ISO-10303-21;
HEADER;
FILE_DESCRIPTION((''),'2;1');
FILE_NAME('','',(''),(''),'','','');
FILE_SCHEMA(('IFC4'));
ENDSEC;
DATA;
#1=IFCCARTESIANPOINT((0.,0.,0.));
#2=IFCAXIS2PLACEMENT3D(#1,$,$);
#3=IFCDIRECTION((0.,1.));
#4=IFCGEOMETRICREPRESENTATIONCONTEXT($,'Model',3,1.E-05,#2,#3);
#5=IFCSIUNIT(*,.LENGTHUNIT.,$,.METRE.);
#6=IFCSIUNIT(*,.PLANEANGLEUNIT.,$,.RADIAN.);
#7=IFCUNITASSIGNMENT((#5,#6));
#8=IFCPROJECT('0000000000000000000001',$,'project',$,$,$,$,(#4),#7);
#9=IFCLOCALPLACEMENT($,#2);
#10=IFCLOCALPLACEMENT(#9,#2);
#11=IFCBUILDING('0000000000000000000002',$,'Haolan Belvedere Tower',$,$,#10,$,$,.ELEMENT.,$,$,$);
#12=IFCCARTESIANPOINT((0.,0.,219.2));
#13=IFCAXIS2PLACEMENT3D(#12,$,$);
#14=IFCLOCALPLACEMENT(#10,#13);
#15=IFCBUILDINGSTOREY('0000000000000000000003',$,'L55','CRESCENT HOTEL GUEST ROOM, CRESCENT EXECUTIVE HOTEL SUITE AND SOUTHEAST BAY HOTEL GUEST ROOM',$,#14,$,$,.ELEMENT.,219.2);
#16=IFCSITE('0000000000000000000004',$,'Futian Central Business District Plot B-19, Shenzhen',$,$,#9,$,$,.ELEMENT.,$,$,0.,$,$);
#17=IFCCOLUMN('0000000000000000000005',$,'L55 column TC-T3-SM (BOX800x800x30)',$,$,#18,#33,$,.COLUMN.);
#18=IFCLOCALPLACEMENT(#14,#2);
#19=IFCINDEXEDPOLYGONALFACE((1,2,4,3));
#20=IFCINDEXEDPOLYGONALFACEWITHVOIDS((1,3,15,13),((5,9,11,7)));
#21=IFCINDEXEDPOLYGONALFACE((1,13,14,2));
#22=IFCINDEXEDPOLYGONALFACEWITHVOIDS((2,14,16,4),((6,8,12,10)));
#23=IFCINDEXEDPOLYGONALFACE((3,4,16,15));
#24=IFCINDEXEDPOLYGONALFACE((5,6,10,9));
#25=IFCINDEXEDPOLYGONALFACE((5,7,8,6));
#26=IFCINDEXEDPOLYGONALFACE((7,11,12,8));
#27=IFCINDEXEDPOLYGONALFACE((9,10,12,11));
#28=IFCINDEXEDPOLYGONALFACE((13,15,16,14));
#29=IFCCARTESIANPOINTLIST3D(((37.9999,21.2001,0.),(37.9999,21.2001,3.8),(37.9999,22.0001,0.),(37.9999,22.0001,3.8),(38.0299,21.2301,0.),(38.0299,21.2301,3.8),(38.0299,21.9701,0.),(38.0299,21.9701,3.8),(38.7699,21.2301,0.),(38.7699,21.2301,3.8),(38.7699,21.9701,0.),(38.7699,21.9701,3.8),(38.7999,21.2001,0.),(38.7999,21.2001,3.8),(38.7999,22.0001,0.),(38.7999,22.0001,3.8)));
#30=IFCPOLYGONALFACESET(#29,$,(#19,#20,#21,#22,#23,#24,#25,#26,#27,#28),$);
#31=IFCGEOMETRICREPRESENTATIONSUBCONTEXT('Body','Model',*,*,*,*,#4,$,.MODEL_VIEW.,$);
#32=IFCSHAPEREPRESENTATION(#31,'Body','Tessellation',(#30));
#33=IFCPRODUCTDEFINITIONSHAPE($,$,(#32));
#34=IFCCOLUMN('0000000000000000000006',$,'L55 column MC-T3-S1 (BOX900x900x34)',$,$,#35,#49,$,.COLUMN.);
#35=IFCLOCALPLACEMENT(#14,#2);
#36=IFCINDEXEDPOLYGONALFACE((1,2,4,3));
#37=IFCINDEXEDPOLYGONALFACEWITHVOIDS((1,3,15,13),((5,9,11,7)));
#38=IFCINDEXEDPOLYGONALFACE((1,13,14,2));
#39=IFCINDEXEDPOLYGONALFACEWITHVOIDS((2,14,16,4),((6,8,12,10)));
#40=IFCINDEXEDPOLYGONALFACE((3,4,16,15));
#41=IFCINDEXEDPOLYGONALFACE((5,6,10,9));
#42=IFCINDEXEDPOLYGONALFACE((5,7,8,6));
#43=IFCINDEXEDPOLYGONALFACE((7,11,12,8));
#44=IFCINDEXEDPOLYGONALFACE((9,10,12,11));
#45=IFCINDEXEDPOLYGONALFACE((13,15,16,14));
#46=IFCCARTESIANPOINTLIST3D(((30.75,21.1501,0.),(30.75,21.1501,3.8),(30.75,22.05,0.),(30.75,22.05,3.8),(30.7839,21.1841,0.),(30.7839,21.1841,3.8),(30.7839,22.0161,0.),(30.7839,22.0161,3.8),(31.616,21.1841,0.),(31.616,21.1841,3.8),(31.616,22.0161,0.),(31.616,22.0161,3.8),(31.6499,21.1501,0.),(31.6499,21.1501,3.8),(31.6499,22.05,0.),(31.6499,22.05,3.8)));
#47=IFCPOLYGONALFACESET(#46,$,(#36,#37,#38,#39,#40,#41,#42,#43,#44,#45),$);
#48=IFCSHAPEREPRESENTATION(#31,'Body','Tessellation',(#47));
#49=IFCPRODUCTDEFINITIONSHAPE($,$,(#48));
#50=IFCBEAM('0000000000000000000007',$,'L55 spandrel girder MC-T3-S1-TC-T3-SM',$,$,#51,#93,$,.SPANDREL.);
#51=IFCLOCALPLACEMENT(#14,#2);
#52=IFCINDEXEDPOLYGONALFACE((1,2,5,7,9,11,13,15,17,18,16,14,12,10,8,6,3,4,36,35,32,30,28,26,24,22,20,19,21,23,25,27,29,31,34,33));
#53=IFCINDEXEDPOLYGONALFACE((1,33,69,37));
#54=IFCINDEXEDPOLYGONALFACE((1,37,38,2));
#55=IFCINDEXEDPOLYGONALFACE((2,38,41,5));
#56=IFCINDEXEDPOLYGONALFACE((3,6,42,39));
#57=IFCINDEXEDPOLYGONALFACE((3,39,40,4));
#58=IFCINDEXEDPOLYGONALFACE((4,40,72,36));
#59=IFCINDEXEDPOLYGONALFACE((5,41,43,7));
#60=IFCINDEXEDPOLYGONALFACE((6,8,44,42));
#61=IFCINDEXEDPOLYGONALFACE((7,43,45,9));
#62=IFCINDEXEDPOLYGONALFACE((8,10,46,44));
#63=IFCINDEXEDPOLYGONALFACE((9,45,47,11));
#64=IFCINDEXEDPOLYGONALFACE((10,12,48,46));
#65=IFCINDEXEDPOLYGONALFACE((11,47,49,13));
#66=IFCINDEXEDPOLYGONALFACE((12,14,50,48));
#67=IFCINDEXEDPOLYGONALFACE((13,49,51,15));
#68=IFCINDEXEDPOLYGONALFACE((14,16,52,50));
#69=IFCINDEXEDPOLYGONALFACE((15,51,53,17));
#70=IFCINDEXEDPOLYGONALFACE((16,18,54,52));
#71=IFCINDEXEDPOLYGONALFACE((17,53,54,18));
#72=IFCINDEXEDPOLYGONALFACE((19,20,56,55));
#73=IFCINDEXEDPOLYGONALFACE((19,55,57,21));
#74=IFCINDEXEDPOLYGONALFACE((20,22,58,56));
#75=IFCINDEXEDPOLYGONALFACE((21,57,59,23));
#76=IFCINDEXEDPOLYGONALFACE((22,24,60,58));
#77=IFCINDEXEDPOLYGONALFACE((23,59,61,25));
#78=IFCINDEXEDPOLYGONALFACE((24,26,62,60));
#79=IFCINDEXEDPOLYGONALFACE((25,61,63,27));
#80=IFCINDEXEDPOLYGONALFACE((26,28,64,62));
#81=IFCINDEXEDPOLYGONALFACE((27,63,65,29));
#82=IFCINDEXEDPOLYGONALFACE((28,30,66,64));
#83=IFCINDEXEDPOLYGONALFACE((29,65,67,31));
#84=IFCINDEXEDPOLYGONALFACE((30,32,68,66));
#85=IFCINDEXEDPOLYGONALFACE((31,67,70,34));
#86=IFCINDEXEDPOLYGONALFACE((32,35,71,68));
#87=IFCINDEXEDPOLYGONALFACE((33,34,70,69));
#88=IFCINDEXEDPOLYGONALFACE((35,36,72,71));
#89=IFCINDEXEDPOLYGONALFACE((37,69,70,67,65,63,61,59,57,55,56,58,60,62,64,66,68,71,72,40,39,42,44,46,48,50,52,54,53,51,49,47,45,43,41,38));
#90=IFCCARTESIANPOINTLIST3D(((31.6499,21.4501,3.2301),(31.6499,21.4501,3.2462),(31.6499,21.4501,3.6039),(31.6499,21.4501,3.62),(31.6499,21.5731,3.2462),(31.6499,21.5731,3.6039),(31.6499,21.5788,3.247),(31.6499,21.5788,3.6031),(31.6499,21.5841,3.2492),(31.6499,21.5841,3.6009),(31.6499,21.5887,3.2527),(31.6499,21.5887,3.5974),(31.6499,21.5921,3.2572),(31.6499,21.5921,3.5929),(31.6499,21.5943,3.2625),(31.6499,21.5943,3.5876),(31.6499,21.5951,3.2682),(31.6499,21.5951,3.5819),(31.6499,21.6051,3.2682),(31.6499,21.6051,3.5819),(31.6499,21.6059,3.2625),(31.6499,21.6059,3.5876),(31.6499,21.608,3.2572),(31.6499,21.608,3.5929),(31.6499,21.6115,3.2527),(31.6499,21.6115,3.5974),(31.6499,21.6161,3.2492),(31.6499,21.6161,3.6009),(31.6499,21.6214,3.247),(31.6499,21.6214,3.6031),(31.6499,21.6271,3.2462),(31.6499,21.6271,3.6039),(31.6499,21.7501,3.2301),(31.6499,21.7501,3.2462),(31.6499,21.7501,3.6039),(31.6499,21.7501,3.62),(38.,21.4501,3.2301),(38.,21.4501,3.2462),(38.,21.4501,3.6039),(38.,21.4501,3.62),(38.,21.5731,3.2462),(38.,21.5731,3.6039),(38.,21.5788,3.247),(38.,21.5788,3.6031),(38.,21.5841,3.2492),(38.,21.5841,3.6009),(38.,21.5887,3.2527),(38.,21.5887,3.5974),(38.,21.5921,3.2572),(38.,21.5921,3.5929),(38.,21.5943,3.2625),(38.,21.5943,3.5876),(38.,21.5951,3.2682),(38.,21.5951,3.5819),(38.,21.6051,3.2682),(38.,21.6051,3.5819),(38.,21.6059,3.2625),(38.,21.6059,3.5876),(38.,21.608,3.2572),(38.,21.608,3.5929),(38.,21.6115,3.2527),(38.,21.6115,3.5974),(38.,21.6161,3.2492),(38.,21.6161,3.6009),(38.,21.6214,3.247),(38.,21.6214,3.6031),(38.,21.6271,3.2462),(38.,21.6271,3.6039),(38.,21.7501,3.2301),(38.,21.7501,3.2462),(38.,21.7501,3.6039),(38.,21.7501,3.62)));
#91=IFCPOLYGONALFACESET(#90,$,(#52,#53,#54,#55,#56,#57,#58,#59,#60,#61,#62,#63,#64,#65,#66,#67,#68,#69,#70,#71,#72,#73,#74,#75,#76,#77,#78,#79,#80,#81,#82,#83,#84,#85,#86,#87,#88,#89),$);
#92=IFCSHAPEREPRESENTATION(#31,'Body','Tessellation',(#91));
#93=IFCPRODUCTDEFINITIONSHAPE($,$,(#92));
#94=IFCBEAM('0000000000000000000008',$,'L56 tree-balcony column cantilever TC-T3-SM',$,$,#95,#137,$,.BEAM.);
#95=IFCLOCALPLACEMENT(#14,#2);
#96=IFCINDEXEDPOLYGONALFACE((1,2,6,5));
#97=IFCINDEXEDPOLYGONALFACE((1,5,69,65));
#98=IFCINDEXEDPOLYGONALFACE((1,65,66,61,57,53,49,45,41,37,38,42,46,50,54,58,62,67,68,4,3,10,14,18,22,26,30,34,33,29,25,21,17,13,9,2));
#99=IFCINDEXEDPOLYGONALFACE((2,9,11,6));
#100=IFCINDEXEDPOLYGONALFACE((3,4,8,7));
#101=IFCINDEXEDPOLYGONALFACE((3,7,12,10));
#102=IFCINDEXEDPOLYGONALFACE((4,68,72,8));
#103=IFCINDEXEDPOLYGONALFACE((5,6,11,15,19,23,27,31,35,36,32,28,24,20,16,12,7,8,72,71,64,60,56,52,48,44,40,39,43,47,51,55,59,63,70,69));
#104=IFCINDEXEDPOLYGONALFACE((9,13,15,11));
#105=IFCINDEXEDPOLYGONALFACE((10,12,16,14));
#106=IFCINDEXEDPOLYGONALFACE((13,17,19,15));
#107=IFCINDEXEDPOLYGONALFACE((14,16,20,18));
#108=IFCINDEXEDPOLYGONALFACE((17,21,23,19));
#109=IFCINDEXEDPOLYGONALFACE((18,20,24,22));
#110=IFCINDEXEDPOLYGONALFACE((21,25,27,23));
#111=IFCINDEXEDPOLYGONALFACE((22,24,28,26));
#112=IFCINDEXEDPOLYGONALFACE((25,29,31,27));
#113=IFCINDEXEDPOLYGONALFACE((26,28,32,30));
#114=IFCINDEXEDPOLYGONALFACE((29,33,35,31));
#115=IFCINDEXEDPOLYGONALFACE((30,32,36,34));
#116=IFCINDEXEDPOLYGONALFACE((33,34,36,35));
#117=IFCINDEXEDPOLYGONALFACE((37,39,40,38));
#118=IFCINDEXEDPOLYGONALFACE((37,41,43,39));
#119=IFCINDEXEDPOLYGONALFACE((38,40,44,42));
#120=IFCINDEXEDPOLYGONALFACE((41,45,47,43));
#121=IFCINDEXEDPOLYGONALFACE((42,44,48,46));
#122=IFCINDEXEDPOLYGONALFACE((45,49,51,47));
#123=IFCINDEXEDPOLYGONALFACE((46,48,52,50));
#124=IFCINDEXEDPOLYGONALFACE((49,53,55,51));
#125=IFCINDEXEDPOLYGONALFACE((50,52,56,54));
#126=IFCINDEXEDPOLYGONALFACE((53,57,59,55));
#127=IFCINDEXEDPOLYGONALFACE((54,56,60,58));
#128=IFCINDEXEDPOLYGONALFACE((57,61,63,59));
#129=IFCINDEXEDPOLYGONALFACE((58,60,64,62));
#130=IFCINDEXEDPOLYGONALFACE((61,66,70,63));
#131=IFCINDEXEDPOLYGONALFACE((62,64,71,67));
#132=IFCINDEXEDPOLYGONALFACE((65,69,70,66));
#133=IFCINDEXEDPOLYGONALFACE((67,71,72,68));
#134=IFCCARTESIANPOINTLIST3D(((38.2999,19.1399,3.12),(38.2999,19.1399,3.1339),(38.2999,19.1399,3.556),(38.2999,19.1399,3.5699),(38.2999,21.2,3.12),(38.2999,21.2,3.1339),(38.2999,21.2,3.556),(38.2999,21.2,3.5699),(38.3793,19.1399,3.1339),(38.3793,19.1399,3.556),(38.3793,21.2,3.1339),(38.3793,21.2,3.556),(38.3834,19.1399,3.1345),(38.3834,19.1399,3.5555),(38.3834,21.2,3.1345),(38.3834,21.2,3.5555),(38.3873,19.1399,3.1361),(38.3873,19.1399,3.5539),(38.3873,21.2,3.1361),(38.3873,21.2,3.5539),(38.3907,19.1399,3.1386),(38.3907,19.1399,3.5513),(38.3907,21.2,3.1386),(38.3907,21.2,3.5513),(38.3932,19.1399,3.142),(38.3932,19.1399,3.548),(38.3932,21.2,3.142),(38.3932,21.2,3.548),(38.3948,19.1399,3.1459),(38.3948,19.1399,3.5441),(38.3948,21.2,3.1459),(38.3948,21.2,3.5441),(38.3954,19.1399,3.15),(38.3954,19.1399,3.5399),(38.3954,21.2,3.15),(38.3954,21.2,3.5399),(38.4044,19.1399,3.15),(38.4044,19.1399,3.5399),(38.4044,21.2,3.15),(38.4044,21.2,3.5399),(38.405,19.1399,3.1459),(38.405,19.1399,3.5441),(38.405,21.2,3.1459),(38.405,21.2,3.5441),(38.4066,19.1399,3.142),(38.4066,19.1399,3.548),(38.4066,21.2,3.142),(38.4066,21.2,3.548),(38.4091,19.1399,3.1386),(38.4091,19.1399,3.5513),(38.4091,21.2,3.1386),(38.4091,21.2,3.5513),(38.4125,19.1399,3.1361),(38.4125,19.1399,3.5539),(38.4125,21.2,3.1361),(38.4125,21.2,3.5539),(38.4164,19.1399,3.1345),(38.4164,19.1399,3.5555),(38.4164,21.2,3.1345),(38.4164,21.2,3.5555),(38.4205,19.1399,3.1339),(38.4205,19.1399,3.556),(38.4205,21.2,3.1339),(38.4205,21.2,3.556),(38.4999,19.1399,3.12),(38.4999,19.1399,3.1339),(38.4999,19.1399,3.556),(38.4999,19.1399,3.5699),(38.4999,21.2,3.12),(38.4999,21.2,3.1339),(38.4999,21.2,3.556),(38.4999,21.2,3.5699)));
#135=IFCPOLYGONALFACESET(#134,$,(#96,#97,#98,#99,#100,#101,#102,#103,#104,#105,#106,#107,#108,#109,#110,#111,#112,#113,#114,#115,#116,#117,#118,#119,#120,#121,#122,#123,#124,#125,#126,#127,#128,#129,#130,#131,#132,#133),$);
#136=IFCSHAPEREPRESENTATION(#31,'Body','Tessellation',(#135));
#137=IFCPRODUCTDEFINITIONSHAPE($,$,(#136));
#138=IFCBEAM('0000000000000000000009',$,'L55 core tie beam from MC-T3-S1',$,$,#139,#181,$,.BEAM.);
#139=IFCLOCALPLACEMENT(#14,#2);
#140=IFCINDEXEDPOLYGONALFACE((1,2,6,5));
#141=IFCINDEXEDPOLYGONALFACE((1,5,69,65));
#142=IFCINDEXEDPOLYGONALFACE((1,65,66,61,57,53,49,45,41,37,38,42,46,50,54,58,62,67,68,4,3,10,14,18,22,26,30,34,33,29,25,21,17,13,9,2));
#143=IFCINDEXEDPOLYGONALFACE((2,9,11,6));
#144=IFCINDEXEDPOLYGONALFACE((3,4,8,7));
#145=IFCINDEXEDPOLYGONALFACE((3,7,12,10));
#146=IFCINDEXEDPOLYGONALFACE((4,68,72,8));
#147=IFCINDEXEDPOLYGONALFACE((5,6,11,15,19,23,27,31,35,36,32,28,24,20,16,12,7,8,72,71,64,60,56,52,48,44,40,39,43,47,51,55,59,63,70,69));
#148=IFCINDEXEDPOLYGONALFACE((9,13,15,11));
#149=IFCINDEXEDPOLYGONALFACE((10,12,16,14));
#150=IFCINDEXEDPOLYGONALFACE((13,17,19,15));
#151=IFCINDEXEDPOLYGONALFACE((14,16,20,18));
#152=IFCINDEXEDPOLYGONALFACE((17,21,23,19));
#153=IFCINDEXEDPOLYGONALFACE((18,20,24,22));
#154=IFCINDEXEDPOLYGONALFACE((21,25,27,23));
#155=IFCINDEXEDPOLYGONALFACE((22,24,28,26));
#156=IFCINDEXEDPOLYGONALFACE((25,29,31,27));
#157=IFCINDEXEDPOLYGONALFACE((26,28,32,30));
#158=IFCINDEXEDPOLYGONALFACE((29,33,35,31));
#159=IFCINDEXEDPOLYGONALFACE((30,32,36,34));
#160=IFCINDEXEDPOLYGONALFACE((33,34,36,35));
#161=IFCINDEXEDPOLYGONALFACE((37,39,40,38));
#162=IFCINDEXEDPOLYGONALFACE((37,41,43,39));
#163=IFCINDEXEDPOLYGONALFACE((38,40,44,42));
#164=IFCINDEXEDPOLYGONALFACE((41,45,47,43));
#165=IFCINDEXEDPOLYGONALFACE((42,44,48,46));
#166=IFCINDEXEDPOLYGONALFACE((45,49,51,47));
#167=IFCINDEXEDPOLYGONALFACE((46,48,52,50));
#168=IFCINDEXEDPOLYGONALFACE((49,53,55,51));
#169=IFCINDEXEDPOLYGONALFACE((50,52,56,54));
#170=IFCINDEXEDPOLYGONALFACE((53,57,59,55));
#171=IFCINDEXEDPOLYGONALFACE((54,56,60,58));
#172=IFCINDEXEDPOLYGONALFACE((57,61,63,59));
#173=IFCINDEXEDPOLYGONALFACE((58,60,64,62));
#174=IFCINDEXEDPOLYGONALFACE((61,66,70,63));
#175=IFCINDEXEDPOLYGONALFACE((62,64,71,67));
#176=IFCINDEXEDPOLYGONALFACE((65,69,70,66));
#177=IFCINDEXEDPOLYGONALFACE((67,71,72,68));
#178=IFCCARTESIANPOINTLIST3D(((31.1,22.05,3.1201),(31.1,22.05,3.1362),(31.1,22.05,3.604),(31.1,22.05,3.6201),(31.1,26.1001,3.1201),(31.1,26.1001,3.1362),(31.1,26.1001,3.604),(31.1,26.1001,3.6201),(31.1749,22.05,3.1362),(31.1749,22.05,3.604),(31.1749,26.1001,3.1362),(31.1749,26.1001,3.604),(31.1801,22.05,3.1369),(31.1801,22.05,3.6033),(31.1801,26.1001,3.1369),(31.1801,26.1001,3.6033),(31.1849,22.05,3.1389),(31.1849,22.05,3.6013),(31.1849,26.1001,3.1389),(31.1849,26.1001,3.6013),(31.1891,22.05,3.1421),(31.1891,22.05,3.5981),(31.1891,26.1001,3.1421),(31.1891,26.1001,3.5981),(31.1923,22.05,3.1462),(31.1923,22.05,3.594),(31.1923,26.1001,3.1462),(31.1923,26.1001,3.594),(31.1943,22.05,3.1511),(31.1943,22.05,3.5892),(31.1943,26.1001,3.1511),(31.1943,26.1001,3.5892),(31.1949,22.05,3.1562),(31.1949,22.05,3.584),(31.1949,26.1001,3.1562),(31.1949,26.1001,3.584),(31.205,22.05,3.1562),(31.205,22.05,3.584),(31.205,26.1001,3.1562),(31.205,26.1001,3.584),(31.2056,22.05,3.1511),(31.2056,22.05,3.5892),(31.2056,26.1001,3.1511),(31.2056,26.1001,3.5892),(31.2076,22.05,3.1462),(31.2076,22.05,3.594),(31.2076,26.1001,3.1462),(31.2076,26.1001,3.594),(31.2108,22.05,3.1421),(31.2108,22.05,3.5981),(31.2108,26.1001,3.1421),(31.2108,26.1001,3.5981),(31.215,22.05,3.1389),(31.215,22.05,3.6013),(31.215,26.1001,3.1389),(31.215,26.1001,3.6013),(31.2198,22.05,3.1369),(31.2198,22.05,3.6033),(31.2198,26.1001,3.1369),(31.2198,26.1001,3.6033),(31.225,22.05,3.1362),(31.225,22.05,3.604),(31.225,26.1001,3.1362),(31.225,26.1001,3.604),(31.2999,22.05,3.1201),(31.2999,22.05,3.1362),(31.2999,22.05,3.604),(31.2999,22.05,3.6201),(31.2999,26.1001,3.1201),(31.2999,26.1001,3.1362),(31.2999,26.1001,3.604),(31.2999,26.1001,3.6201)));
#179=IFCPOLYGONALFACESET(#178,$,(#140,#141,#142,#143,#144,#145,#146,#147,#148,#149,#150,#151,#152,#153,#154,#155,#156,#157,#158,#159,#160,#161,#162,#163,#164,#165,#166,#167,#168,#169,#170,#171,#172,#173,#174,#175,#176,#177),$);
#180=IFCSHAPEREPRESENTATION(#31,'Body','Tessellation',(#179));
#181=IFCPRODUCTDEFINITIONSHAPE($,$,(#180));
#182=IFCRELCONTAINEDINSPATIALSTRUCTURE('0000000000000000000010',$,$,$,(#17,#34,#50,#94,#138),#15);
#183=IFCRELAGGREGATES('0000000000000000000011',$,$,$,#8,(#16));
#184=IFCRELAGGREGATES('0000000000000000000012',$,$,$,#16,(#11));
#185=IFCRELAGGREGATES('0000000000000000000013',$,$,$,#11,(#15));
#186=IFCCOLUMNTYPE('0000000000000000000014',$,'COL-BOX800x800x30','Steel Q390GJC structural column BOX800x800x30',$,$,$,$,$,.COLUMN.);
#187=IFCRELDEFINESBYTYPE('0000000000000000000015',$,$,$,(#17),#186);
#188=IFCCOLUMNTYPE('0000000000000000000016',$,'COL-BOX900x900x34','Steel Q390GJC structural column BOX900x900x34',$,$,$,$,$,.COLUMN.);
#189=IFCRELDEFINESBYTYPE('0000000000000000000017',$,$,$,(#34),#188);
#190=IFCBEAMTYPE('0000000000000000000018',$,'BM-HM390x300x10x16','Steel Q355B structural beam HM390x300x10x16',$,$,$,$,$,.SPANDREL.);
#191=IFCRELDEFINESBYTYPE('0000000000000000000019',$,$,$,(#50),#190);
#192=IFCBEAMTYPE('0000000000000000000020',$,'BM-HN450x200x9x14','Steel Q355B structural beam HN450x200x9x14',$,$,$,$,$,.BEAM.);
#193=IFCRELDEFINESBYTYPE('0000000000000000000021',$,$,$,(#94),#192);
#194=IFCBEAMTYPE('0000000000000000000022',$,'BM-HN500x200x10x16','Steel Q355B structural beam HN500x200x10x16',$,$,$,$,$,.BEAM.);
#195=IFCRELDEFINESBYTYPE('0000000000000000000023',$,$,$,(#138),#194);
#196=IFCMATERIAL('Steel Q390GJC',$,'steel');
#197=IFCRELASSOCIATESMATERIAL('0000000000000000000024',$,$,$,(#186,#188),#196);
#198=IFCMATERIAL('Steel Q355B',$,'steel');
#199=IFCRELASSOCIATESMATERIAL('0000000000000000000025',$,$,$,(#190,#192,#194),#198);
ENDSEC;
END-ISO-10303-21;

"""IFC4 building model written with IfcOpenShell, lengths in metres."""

from ifc_helpers import new_model, si_unit, direction, frame, origin, origin_2d, place, context, subcontext, project, spatial, hollow_rectangle, i_section, extrude, material, material_profile, profile_set, type_object, element, save


model = new_model("IFC4")

# Units and contexts
model_context = context("Model", 3, precision=1e-05, world=origin(), true_north=direction((0.0, 1.0)))
body_context = subcontext(model_context, "Body", "Model", "MODEL_VIEW")
ifc_project = project(units=[si_unit("LENGTHUNIT", "METRE"), si_unit("PLANEANGLEUNIT", "RADIAN")], contexts=[model_context])

# Site, building, storey
site_placement = place(None, origin())
site = spatial("IfcSite", under=ifc_project, at=site_placement, Name="Futian Central Business District Plot B-19, Shenzhen", CompositionType="ELEMENT", RefElevation=0.0)
building_placement = place(site_placement, origin())
building = spatial("IfcBuilding", under=site, at=building_placement, Name="Haolan Belvedere Tower", CompositionType="ELEMENT")
storey_placement = place(building_placement, frame((0.0, 0.0, 219.2)))
storey = spatial("IfcBuildingStorey", under=building, at=storey_placement, Name="L55", Description="CRESCENT HOTEL GUEST ROOM, CRESCENT EXECUTIVE HOTEL SUITE AND SOUTHEAST BAY HOTEL GUEST ROOM", CompositionType="ELEMENT", Elevation=219.2)

# Columns
ifc_material_1 = material(Name="Steel Q390GJC", Category="steel")
ifc_material_profile_1 = material_profile(ifc_material_1, hollow_rectangle(XDim=0.8, YDim=0.8, WallThickness=0.03, at=origin_2d()), Name="Steel Q390GJC")
ifc_profile_set_1 = profile_set([ifc_material_profile_1], Name="Steel Q390GJC")
column_type_1 = type_object("IfcColumnType", Name="COL-BOX800x800x30", Description="Steel Q390GJC structural column BOX800x800x30", PredefinedType="COLUMN", material=ifc_profile_set_1)
column_1_placement = place(storey_placement, frame((38.3999, 21.6001, 0.0), z_axis=(0.0, 0.0, 1.0), x_axis=(1.0, 0.0, 0.0)))
element("IfcColumn", 1, at=column_1_placement, inside=storey, type_object=column_type_1, Name="L55 column TC-T3-SM (BOX800x800x30)", PredefinedType="COLUMN", context=body_context, shape_type="SweptSolid", body=[
    extrude(hollow_rectangle(XDim=0.8, YDim=0.8, WallThickness=0.03, at=origin_2d()), origin(), (0.0, 0.0, 1.0), 3.8),
])
ifc_material_profile_2 = material_profile(ifc_material_1, hollow_rectangle(XDim=0.8999, YDim=0.8999, WallThickness=0.0339, at=origin_2d()), Name="Steel Q390GJC")
ifc_profile_set_2 = profile_set([ifc_material_profile_2], Name="Steel Q390GJC")
column_type_2 = type_object("IfcColumnType", Name="COL-BOX900x900x34", Description="Steel Q390GJC structural column BOX900x900x34", PredefinedType="COLUMN", material=ifc_profile_set_2)
column_2_placement = place(storey_placement, frame((31.2, 21.6001, 0.0), z_axis=(0.0, 0.0, 1.0), x_axis=(1.0, 0.0, 0.0)))
element("IfcColumn", 2, at=column_2_placement, inside=storey, type_object=column_type_2, Name="L55 column MC-T3-S1 (BOX900x900x34)", PredefinedType="COLUMN", context=body_context, shape_type="SweptSolid", body=[
    extrude(hollow_rectangle(XDim=0.8999, YDim=0.8999, WallThickness=0.0339, at=origin_2d()), origin(), (0.0, 0.0, 1.0), 3.8),
])

# Beams
ifc_material_2 = material(Name="Steel Q355B", Category="steel")
ifc_material_profile_3 = material_profile(ifc_material_2, i_section(OverallWidth=0.3, OverallDepth=0.3899, WebThickness=0.01, FlangeThickness=0.0161, FilletRadius=0.022, at=origin_2d()), Name="Steel Q355B")
ifc_profile_set_3 = profile_set([ifc_material_profile_3], Name="Steel Q355B")
beam_type_1 = type_object("IfcBeamType", Name="BM-HM390x300x10x16", Description="Steel Q355B structural beam HM390x300x10x16", PredefinedType="SPANDREL", material=ifc_profile_set_3)
beam_1_placement = place(storey_placement, frame((31.6499, 21.6001, 3.425), z_axis=(1.0, 0.0, 0.0), x_axis=(0.0, 1.0, 0.0)))
element("IfcBeam", 3, at=beam_1_placement, inside=storey, type_object=beam_type_1, Name="L55 spandrel girder MC-T3-S1-TC-T3-SM", PredefinedType="SPANDREL", context=body_context, shape_type="SweptSolid", body=[
    extrude(i_section(OverallWidth=0.3, OverallDepth=0.3899, WebThickness=0.01, FlangeThickness=0.0161, FilletRadius=0.022, at=origin_2d()), origin(), (0.0, 0.0, 1.0), 6.3501),
])
ifc_material_profile_4 = material_profile(ifc_material_2, i_section(OverallWidth=0.2, OverallDepth=0.45, WebThickness=0.009, FlangeThickness=0.0139, FilletRadius=0.0161, at=origin_2d()), Name="Steel Q355B")
ifc_profile_set_4 = profile_set([ifc_material_profile_4], Name="Steel Q355B")
beam_type_2 = type_object("IfcBeamType", Name="BM-HN450x200x9x14", Description="Steel Q355B structural beam HN450x200x9x14", PredefinedType="BEAM", material=ifc_profile_set_4)
beam_2_placement = place(storey_placement, frame((38.3999, 21.2, 3.345), z_axis=(0.0, -1.0, 0.0), x_axis=(1.0, 0.0, 0.0)))
element("IfcBeam", 4, at=beam_2_placement, inside=storey, type_object=beam_type_2, Name="L56 tree-balcony column cantilever TC-T3-SM", PredefinedType="BEAM", context=body_context, shape_type="SweptSolid", body=[
    extrude(i_section(OverallWidth=0.2, OverallDepth=0.45, WebThickness=0.009, FlangeThickness=0.0139, FilletRadius=0.0161, at=origin_2d()), origin(), (0.0, 0.0, 1.0), 2.0601),
])
ifc_material_profile_5 = material_profile(ifc_material_2, i_section(OverallWidth=0.2, OverallDepth=0.5, WebThickness=0.01, FlangeThickness=0.0161, FilletRadius=0.02, at=origin_2d()), Name="Steel Q355B")
ifc_profile_set_5 = profile_set([ifc_material_profile_5], Name="Steel Q355B")
beam_type_3 = type_object("IfcBeamType", Name="BM-HN500x200x10x16", Description="Steel Q355B structural beam HN500x200x10x16", PredefinedType="BEAM", material=ifc_profile_set_5)
beam_3_placement = place(storey_placement, frame((31.2, 22.05, 3.3701), z_axis=(0.0, 1.0, 0.0), x_axis=(-1.0, 0.0, 0.0)))
element("IfcBeam", 5, at=beam_3_placement, inside=storey, type_object=beam_type_3, Name="L55 core tie beam from MC-T3-S1", PredefinedType="BEAM", context=body_context, shape_type="SweptSolid", body=[
    extrude(i_section(OverallWidth=0.2, OverallDepth=0.5, WebThickness=0.01, FlangeThickness=0.0161, FilletRadius=0.02, at=origin_2d()), origin(), (0.0, 0.0, 1.0), 4.05),
])

save(model, "model.ifc")
